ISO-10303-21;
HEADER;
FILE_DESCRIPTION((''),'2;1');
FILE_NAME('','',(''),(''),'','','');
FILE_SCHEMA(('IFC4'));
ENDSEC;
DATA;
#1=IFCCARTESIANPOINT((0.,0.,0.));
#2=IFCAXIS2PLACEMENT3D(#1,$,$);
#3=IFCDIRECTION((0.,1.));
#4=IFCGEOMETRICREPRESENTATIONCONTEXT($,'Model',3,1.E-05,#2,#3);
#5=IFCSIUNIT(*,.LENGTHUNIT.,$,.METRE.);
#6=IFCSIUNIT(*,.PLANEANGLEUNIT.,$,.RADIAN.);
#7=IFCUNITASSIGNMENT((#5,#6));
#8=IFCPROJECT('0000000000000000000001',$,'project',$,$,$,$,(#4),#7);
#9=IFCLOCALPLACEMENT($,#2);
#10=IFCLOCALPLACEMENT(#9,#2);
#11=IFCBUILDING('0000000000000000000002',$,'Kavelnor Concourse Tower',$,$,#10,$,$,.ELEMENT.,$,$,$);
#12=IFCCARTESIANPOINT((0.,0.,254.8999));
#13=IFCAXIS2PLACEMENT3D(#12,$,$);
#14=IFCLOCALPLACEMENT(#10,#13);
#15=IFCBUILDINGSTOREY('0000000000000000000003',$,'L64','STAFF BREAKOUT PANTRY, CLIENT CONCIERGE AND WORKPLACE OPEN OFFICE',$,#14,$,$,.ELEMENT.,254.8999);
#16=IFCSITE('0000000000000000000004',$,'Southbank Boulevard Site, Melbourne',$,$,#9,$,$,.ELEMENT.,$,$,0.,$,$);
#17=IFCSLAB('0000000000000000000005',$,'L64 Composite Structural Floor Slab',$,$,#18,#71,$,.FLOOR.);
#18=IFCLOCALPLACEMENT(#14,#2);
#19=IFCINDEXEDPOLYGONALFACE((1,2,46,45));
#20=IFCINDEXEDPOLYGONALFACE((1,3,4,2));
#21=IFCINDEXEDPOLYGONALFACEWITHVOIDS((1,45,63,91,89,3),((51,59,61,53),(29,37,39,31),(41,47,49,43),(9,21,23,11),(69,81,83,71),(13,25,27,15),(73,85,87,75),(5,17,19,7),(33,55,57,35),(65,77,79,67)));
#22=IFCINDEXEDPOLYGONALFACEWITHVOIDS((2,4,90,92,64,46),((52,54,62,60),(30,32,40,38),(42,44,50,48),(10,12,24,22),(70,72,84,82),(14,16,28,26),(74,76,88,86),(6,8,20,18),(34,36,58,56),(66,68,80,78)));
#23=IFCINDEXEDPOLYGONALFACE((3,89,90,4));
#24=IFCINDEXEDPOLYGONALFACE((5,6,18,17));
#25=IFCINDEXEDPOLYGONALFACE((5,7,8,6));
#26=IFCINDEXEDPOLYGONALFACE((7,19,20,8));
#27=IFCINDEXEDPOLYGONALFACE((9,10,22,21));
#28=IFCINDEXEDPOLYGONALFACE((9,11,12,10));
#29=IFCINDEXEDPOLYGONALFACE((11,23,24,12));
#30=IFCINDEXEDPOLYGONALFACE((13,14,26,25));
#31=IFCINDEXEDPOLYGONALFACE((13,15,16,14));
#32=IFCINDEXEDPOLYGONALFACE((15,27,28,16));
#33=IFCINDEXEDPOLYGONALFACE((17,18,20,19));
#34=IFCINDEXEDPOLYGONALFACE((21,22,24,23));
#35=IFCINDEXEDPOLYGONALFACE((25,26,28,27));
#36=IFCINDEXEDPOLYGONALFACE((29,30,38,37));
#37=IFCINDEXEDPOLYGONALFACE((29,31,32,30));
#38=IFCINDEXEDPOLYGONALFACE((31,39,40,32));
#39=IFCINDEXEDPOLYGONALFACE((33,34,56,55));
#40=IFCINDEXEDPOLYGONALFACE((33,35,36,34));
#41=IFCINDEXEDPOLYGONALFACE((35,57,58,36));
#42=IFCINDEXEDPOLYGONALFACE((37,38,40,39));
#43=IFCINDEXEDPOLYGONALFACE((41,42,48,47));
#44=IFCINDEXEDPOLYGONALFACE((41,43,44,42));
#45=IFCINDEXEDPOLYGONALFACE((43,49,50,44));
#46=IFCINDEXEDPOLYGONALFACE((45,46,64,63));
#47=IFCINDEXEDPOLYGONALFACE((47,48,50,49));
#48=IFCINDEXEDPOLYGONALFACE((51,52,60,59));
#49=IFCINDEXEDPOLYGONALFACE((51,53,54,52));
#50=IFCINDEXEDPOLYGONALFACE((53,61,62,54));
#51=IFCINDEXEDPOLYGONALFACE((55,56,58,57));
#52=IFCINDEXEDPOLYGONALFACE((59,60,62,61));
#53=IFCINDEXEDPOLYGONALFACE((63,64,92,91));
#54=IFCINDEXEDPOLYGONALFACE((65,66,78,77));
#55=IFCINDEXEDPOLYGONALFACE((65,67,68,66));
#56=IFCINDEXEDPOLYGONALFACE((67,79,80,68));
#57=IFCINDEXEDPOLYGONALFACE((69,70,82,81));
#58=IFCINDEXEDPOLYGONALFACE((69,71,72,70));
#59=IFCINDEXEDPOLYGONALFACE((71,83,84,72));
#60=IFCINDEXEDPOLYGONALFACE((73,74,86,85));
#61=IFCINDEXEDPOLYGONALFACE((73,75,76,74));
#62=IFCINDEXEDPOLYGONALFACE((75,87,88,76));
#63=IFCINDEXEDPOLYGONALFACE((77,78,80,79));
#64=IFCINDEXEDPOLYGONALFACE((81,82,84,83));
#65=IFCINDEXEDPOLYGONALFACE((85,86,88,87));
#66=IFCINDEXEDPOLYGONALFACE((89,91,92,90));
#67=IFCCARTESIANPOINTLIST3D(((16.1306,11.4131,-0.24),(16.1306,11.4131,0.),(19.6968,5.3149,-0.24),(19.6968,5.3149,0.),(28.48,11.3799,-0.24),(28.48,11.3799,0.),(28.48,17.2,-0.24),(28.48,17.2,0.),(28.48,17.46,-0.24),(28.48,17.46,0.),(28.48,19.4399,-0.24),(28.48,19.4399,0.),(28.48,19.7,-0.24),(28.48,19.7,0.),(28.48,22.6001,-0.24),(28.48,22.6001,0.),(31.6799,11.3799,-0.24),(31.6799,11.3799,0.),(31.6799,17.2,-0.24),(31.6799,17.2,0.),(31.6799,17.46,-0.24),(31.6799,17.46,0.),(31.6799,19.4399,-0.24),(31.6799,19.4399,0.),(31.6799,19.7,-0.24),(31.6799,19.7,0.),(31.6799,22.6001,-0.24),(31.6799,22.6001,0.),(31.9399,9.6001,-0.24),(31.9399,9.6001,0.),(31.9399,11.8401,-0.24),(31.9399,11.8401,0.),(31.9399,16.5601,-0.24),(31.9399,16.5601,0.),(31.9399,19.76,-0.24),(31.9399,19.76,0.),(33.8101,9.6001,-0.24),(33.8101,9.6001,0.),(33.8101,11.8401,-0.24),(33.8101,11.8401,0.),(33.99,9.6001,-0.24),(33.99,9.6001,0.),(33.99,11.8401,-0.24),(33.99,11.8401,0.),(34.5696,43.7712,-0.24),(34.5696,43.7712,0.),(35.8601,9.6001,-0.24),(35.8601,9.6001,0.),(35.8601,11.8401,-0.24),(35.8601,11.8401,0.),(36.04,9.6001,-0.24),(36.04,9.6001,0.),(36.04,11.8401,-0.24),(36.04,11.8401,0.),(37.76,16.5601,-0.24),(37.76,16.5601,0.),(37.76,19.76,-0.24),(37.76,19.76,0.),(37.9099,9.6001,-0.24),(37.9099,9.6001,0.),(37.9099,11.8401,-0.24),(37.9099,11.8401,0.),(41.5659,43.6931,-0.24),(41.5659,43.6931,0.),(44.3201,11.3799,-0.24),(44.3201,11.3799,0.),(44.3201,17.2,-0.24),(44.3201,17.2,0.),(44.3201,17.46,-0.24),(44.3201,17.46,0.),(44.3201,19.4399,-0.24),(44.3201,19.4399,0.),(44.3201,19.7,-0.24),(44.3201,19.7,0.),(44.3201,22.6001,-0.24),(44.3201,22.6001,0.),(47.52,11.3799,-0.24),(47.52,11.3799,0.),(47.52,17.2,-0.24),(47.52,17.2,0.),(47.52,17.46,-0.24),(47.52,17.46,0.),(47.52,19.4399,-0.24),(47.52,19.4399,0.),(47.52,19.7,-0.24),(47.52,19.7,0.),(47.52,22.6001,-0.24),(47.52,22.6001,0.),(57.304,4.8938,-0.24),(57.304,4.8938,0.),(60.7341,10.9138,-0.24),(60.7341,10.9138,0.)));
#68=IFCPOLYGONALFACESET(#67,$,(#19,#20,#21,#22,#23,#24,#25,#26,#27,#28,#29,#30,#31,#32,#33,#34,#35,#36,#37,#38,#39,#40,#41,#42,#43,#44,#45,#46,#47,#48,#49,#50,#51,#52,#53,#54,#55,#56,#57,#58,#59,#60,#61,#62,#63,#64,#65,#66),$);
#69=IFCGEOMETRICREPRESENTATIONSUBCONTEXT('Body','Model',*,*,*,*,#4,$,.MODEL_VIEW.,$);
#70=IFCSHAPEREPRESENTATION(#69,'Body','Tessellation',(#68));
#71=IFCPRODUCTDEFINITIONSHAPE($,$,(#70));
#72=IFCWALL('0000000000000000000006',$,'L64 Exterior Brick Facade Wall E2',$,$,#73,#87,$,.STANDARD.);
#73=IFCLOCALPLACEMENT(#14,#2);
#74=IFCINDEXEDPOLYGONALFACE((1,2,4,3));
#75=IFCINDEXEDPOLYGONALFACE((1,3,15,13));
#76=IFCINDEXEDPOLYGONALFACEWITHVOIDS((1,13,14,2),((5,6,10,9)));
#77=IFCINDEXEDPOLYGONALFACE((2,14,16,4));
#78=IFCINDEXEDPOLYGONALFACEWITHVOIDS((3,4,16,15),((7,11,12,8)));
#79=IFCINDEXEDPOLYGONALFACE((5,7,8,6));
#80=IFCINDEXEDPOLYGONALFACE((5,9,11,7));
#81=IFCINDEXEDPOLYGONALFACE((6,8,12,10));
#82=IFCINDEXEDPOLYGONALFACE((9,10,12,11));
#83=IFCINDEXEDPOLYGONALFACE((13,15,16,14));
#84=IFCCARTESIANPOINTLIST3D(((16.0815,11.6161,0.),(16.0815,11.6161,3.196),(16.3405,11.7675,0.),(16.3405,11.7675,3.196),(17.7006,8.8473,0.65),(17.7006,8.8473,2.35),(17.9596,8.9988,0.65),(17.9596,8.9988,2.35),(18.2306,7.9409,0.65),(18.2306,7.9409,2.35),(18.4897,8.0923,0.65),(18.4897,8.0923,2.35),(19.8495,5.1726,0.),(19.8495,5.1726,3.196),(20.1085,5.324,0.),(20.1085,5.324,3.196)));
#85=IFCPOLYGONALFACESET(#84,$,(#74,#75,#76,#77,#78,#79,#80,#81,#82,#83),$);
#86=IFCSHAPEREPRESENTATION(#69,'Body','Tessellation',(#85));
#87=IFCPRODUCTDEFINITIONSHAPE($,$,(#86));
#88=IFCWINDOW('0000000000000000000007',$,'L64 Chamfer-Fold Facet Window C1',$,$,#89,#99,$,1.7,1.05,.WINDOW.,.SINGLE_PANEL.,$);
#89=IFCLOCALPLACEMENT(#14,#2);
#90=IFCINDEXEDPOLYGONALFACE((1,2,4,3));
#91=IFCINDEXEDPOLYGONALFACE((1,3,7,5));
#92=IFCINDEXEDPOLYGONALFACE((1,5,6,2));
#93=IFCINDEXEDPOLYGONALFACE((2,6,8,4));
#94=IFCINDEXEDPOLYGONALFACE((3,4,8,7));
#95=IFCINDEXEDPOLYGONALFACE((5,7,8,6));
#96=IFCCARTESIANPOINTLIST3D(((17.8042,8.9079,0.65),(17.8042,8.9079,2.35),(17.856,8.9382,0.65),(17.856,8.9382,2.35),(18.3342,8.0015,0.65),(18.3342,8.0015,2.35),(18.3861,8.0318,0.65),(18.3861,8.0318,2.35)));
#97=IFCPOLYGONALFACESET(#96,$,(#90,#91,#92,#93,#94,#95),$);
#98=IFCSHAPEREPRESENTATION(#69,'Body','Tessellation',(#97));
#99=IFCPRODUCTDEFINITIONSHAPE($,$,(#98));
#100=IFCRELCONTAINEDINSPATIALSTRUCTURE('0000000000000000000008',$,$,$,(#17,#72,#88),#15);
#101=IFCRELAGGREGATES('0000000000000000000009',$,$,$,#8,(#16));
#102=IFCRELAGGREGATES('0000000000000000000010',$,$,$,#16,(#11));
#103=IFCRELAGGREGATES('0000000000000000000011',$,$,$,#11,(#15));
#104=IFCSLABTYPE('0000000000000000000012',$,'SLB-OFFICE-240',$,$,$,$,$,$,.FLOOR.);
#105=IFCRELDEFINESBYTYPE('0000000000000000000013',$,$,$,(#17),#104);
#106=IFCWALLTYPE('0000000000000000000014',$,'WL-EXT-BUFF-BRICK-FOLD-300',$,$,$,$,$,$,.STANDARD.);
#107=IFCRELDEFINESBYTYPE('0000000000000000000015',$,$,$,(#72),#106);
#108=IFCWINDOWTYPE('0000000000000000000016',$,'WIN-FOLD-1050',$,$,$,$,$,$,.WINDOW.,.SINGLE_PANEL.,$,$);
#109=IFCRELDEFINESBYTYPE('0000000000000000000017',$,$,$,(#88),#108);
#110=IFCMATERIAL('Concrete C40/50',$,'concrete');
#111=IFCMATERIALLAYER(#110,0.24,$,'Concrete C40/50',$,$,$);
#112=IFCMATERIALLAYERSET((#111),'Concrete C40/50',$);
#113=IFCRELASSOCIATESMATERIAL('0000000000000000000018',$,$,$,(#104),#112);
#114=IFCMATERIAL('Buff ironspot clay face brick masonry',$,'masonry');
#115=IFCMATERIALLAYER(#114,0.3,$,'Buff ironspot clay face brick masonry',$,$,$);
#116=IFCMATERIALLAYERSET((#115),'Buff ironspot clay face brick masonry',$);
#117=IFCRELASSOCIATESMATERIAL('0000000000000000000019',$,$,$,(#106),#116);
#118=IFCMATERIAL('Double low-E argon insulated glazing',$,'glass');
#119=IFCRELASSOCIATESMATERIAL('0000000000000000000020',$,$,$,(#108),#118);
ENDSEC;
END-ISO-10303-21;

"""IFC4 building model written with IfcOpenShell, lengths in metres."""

from ifc_helpers import new_model, si_unit, direction, frame, frame_2d, origin, place, context, subcontext, project, spatial, polyline, rectangle, outline, extrude, material, layer, layer_set, type_object, element, fill, save


model = new_model("IFC4")

# Units and contexts
model_context = context("Model", 3, precision=1e-05, world=origin(), true_north=direction((0.0, 1.0)))
body_context = subcontext(model_context, "Body", "Model", "MODEL_VIEW")
ifc_project = project(units=[si_unit("LENGTHUNIT", "METRE"), si_unit("PLANEANGLEUNIT", "RADIAN")], contexts=[model_context])

# Site, building, storey
site_placement = place(None, origin())
site = spatial("IfcSite", under=ifc_project, at=site_placement, Name="Southbank Boulevard Site, Melbourne", CompositionType="ELEMENT", RefElevation=0.0)
building_placement = place(site_placement, origin())
building = spatial("IfcBuilding", under=site, at=building_placement, Name="Kavelnor Concourse Tower", CompositionType="ELEMENT")
storey_placement = place(building_placement, frame((0.0, 0.0, 254.8999)))
storey = spatial("IfcBuildingStorey", under=building, at=storey_placement, Name="L64", Description="STAFF BREAKOUT PANTRY, CLIENT CONCIERGE AND WORKPLACE OPEN OFFICE", CompositionType="ELEMENT", Elevation=254.8999)

# Shared definitions
ifc_material_1 = material(Name="Concrete C40/50", Category="concrete")

# Slab
ifc_layer_1 = layer(ifc_material_1, 0.24, Name="Concrete C40/50")
ifc_layer_set_1 = layer_set([ifc_layer_1], Name="Concrete C40/50")
slab_type_1 = type_object("IfcSlabType", Name="SLB-OFFICE-240", PredefinedType="FLOOR", material=ifc_layer_set_1)
slab_1_placement = place(storey_placement, frame((0.0, 0.0, -0.24)))
element("IfcSlab", 1, at=slab_1_placement, inside=storey, type_object=slab_type_1, Name="L64 Composite Structural Floor Slab", PredefinedType="FLOOR", context=body_context, shape_type="SweptSolid", body=[
    extrude(outline(polyline([(41.5659, 43.6931), (34.5696, 43.7712), (16.1306, 11.4131), (19.6968, 5.3149), (57.304, 4.8938), (60.7341, 10.9138), (41.5659, 43.6931)]), holes=[polyline([(28.48, 11.3799), (31.6799, 11.3799), (31.6799, 17.2), (28.48, 17.2), (28.48, 11.3799)]), polyline([(44.3201, 11.3799), (47.52, 11.3799), (47.52, 17.2), (44.3201, 17.2), (44.3201, 11.3799)]), polyline([(31.9399, 16.5601), (37.76, 16.5601), (37.76, 19.76), (31.9399, 19.76), (31.9399, 16.5601)]), polyline([(28.48, 19.7), (31.6799, 19.7), (31.6799, 22.6001), (28.48, 22.6001), (28.48, 19.7)]), polyline([(44.3201, 19.7), (47.52, 19.7), (47.52, 22.6001), (44.3201, 22.6001), (44.3201, 19.7)]), polyline([(31.9399, 9.6001), (33.8101, 9.6001), (33.8101, 11.8401), (31.9399, 11.8401), (31.9399, 9.6001)]), polyline([(33.99, 9.6001), (35.8601, 9.6001), (35.8601, 11.8401), (33.99, 11.8401), (33.99, 9.6001)]), polyline([(36.04, 9.6001), (37.9099, 9.6001), (37.9099, 11.8401), (36.04, 11.8401), (36.04, 9.6001)]), polyline([(28.48, 17.46), (31.6799, 17.46), (31.6799, 19.4399), (28.48, 19.4399), (28.48, 17.46)]), polyline([(44.3201, 17.46), (47.52, 17.46), (47.52, 19.4399), (44.3201, 19.4399), (44.3201, 17.46)])]), origin(), (0.0, 0.0, 1.0), 0.24),
])

# Wall, opening, window
ifc_material_2 = material(Name="Buff ironspot clay face brick masonry", Category="masonry")
ifc_layer_2 = layer(ifc_material_2, 0.3, Name="Buff ironspot clay face brick masonry")
ifc_layer_set_2 = layer_set([ifc_layer_2], Name="Buff ironspot clay face brick masonry")
wall_type_1 = type_object("IfcWallType", Name="WL-EXT-BUFF-BRICK-FOLD-300", PredefinedType="STANDARD", material=ifc_layer_set_2)
wall_1_placement = place(storey_placement, frame((19.979, 5.2483, 0.0), z_axis=(0.0, 0.0, 1.0), x_axis=(-0.5048, 0.863236, 0.0)))
wall_1 = element("IfcWall", 2, at=wall_1_placement, inside=storey, type_object=wall_type_1, Name="L64 Exterior Brick Facade Wall E2", PredefinedType="STANDARD", context=body_context, shape_type="SweptSolid", body=[
    extrude(rectangle(XDim=7.4644, YDim=0.3, at=frame_2d((3.7322, 0.0))), origin(), (0.0, 0.0, 1.0), 3.196),
])
opening_1_placement = place(wall_1_placement, frame((3.207, 0.0, 0.6499)))
opening_1 = element("IfcOpeningElement", 3, at=opening_1_placement, cuts=wall_1, PredefinedType="OPENING", context=body_context, shape_type="SweptSolid", body=[
    extrude(rectangle(XDim=1.05, YDim=1.7, at=frame_2d((0.5249, 0.8501))), frame((0.0, 0.1602, 0.0), z_axis=(0.0, -1.0, 0.0), x_axis=(1.0, 0.0, 0.0)), (0.0, 0.0, 1.0), 0.3201),
])
ifc_material_3 = material(Name="Double low-E argon insulated glazing", Category="glass")
window_type_1 = type_object("IfcWindowType", Name="WIN-FOLD-1050", PartitioningType="SINGLE_PANEL", PredefinedType="WINDOW", material=ifc_material_3)
window_1_placement = place(opening_1_placement, origin())
window_1 = element("IfcWindow", 4, at=window_1_placement, inside=storey, type_object=window_type_1, Name="L64 Chamfer-Fold Facet Window C1", OverallHeight=1.7, OverallWidth=1.05, PartitioningType="SINGLE_PANEL", PredefinedType="WINDOW", context=body_context, shape_type="SweptSolid", body=[
    extrude(rectangle(XDim=1.05, YDim=1.7, at=frame_2d((0.5249, 0.8501))), frame((0.0, 0.03, 0.0), z_axis=(0.0, -1.0, 0.0), x_axis=(1.0, 0.0, 0.0)), (0.0, 0.0, 1.0), 0.0601),
])
fill(opening_1, window_1)

save(model, "model.ifc")
